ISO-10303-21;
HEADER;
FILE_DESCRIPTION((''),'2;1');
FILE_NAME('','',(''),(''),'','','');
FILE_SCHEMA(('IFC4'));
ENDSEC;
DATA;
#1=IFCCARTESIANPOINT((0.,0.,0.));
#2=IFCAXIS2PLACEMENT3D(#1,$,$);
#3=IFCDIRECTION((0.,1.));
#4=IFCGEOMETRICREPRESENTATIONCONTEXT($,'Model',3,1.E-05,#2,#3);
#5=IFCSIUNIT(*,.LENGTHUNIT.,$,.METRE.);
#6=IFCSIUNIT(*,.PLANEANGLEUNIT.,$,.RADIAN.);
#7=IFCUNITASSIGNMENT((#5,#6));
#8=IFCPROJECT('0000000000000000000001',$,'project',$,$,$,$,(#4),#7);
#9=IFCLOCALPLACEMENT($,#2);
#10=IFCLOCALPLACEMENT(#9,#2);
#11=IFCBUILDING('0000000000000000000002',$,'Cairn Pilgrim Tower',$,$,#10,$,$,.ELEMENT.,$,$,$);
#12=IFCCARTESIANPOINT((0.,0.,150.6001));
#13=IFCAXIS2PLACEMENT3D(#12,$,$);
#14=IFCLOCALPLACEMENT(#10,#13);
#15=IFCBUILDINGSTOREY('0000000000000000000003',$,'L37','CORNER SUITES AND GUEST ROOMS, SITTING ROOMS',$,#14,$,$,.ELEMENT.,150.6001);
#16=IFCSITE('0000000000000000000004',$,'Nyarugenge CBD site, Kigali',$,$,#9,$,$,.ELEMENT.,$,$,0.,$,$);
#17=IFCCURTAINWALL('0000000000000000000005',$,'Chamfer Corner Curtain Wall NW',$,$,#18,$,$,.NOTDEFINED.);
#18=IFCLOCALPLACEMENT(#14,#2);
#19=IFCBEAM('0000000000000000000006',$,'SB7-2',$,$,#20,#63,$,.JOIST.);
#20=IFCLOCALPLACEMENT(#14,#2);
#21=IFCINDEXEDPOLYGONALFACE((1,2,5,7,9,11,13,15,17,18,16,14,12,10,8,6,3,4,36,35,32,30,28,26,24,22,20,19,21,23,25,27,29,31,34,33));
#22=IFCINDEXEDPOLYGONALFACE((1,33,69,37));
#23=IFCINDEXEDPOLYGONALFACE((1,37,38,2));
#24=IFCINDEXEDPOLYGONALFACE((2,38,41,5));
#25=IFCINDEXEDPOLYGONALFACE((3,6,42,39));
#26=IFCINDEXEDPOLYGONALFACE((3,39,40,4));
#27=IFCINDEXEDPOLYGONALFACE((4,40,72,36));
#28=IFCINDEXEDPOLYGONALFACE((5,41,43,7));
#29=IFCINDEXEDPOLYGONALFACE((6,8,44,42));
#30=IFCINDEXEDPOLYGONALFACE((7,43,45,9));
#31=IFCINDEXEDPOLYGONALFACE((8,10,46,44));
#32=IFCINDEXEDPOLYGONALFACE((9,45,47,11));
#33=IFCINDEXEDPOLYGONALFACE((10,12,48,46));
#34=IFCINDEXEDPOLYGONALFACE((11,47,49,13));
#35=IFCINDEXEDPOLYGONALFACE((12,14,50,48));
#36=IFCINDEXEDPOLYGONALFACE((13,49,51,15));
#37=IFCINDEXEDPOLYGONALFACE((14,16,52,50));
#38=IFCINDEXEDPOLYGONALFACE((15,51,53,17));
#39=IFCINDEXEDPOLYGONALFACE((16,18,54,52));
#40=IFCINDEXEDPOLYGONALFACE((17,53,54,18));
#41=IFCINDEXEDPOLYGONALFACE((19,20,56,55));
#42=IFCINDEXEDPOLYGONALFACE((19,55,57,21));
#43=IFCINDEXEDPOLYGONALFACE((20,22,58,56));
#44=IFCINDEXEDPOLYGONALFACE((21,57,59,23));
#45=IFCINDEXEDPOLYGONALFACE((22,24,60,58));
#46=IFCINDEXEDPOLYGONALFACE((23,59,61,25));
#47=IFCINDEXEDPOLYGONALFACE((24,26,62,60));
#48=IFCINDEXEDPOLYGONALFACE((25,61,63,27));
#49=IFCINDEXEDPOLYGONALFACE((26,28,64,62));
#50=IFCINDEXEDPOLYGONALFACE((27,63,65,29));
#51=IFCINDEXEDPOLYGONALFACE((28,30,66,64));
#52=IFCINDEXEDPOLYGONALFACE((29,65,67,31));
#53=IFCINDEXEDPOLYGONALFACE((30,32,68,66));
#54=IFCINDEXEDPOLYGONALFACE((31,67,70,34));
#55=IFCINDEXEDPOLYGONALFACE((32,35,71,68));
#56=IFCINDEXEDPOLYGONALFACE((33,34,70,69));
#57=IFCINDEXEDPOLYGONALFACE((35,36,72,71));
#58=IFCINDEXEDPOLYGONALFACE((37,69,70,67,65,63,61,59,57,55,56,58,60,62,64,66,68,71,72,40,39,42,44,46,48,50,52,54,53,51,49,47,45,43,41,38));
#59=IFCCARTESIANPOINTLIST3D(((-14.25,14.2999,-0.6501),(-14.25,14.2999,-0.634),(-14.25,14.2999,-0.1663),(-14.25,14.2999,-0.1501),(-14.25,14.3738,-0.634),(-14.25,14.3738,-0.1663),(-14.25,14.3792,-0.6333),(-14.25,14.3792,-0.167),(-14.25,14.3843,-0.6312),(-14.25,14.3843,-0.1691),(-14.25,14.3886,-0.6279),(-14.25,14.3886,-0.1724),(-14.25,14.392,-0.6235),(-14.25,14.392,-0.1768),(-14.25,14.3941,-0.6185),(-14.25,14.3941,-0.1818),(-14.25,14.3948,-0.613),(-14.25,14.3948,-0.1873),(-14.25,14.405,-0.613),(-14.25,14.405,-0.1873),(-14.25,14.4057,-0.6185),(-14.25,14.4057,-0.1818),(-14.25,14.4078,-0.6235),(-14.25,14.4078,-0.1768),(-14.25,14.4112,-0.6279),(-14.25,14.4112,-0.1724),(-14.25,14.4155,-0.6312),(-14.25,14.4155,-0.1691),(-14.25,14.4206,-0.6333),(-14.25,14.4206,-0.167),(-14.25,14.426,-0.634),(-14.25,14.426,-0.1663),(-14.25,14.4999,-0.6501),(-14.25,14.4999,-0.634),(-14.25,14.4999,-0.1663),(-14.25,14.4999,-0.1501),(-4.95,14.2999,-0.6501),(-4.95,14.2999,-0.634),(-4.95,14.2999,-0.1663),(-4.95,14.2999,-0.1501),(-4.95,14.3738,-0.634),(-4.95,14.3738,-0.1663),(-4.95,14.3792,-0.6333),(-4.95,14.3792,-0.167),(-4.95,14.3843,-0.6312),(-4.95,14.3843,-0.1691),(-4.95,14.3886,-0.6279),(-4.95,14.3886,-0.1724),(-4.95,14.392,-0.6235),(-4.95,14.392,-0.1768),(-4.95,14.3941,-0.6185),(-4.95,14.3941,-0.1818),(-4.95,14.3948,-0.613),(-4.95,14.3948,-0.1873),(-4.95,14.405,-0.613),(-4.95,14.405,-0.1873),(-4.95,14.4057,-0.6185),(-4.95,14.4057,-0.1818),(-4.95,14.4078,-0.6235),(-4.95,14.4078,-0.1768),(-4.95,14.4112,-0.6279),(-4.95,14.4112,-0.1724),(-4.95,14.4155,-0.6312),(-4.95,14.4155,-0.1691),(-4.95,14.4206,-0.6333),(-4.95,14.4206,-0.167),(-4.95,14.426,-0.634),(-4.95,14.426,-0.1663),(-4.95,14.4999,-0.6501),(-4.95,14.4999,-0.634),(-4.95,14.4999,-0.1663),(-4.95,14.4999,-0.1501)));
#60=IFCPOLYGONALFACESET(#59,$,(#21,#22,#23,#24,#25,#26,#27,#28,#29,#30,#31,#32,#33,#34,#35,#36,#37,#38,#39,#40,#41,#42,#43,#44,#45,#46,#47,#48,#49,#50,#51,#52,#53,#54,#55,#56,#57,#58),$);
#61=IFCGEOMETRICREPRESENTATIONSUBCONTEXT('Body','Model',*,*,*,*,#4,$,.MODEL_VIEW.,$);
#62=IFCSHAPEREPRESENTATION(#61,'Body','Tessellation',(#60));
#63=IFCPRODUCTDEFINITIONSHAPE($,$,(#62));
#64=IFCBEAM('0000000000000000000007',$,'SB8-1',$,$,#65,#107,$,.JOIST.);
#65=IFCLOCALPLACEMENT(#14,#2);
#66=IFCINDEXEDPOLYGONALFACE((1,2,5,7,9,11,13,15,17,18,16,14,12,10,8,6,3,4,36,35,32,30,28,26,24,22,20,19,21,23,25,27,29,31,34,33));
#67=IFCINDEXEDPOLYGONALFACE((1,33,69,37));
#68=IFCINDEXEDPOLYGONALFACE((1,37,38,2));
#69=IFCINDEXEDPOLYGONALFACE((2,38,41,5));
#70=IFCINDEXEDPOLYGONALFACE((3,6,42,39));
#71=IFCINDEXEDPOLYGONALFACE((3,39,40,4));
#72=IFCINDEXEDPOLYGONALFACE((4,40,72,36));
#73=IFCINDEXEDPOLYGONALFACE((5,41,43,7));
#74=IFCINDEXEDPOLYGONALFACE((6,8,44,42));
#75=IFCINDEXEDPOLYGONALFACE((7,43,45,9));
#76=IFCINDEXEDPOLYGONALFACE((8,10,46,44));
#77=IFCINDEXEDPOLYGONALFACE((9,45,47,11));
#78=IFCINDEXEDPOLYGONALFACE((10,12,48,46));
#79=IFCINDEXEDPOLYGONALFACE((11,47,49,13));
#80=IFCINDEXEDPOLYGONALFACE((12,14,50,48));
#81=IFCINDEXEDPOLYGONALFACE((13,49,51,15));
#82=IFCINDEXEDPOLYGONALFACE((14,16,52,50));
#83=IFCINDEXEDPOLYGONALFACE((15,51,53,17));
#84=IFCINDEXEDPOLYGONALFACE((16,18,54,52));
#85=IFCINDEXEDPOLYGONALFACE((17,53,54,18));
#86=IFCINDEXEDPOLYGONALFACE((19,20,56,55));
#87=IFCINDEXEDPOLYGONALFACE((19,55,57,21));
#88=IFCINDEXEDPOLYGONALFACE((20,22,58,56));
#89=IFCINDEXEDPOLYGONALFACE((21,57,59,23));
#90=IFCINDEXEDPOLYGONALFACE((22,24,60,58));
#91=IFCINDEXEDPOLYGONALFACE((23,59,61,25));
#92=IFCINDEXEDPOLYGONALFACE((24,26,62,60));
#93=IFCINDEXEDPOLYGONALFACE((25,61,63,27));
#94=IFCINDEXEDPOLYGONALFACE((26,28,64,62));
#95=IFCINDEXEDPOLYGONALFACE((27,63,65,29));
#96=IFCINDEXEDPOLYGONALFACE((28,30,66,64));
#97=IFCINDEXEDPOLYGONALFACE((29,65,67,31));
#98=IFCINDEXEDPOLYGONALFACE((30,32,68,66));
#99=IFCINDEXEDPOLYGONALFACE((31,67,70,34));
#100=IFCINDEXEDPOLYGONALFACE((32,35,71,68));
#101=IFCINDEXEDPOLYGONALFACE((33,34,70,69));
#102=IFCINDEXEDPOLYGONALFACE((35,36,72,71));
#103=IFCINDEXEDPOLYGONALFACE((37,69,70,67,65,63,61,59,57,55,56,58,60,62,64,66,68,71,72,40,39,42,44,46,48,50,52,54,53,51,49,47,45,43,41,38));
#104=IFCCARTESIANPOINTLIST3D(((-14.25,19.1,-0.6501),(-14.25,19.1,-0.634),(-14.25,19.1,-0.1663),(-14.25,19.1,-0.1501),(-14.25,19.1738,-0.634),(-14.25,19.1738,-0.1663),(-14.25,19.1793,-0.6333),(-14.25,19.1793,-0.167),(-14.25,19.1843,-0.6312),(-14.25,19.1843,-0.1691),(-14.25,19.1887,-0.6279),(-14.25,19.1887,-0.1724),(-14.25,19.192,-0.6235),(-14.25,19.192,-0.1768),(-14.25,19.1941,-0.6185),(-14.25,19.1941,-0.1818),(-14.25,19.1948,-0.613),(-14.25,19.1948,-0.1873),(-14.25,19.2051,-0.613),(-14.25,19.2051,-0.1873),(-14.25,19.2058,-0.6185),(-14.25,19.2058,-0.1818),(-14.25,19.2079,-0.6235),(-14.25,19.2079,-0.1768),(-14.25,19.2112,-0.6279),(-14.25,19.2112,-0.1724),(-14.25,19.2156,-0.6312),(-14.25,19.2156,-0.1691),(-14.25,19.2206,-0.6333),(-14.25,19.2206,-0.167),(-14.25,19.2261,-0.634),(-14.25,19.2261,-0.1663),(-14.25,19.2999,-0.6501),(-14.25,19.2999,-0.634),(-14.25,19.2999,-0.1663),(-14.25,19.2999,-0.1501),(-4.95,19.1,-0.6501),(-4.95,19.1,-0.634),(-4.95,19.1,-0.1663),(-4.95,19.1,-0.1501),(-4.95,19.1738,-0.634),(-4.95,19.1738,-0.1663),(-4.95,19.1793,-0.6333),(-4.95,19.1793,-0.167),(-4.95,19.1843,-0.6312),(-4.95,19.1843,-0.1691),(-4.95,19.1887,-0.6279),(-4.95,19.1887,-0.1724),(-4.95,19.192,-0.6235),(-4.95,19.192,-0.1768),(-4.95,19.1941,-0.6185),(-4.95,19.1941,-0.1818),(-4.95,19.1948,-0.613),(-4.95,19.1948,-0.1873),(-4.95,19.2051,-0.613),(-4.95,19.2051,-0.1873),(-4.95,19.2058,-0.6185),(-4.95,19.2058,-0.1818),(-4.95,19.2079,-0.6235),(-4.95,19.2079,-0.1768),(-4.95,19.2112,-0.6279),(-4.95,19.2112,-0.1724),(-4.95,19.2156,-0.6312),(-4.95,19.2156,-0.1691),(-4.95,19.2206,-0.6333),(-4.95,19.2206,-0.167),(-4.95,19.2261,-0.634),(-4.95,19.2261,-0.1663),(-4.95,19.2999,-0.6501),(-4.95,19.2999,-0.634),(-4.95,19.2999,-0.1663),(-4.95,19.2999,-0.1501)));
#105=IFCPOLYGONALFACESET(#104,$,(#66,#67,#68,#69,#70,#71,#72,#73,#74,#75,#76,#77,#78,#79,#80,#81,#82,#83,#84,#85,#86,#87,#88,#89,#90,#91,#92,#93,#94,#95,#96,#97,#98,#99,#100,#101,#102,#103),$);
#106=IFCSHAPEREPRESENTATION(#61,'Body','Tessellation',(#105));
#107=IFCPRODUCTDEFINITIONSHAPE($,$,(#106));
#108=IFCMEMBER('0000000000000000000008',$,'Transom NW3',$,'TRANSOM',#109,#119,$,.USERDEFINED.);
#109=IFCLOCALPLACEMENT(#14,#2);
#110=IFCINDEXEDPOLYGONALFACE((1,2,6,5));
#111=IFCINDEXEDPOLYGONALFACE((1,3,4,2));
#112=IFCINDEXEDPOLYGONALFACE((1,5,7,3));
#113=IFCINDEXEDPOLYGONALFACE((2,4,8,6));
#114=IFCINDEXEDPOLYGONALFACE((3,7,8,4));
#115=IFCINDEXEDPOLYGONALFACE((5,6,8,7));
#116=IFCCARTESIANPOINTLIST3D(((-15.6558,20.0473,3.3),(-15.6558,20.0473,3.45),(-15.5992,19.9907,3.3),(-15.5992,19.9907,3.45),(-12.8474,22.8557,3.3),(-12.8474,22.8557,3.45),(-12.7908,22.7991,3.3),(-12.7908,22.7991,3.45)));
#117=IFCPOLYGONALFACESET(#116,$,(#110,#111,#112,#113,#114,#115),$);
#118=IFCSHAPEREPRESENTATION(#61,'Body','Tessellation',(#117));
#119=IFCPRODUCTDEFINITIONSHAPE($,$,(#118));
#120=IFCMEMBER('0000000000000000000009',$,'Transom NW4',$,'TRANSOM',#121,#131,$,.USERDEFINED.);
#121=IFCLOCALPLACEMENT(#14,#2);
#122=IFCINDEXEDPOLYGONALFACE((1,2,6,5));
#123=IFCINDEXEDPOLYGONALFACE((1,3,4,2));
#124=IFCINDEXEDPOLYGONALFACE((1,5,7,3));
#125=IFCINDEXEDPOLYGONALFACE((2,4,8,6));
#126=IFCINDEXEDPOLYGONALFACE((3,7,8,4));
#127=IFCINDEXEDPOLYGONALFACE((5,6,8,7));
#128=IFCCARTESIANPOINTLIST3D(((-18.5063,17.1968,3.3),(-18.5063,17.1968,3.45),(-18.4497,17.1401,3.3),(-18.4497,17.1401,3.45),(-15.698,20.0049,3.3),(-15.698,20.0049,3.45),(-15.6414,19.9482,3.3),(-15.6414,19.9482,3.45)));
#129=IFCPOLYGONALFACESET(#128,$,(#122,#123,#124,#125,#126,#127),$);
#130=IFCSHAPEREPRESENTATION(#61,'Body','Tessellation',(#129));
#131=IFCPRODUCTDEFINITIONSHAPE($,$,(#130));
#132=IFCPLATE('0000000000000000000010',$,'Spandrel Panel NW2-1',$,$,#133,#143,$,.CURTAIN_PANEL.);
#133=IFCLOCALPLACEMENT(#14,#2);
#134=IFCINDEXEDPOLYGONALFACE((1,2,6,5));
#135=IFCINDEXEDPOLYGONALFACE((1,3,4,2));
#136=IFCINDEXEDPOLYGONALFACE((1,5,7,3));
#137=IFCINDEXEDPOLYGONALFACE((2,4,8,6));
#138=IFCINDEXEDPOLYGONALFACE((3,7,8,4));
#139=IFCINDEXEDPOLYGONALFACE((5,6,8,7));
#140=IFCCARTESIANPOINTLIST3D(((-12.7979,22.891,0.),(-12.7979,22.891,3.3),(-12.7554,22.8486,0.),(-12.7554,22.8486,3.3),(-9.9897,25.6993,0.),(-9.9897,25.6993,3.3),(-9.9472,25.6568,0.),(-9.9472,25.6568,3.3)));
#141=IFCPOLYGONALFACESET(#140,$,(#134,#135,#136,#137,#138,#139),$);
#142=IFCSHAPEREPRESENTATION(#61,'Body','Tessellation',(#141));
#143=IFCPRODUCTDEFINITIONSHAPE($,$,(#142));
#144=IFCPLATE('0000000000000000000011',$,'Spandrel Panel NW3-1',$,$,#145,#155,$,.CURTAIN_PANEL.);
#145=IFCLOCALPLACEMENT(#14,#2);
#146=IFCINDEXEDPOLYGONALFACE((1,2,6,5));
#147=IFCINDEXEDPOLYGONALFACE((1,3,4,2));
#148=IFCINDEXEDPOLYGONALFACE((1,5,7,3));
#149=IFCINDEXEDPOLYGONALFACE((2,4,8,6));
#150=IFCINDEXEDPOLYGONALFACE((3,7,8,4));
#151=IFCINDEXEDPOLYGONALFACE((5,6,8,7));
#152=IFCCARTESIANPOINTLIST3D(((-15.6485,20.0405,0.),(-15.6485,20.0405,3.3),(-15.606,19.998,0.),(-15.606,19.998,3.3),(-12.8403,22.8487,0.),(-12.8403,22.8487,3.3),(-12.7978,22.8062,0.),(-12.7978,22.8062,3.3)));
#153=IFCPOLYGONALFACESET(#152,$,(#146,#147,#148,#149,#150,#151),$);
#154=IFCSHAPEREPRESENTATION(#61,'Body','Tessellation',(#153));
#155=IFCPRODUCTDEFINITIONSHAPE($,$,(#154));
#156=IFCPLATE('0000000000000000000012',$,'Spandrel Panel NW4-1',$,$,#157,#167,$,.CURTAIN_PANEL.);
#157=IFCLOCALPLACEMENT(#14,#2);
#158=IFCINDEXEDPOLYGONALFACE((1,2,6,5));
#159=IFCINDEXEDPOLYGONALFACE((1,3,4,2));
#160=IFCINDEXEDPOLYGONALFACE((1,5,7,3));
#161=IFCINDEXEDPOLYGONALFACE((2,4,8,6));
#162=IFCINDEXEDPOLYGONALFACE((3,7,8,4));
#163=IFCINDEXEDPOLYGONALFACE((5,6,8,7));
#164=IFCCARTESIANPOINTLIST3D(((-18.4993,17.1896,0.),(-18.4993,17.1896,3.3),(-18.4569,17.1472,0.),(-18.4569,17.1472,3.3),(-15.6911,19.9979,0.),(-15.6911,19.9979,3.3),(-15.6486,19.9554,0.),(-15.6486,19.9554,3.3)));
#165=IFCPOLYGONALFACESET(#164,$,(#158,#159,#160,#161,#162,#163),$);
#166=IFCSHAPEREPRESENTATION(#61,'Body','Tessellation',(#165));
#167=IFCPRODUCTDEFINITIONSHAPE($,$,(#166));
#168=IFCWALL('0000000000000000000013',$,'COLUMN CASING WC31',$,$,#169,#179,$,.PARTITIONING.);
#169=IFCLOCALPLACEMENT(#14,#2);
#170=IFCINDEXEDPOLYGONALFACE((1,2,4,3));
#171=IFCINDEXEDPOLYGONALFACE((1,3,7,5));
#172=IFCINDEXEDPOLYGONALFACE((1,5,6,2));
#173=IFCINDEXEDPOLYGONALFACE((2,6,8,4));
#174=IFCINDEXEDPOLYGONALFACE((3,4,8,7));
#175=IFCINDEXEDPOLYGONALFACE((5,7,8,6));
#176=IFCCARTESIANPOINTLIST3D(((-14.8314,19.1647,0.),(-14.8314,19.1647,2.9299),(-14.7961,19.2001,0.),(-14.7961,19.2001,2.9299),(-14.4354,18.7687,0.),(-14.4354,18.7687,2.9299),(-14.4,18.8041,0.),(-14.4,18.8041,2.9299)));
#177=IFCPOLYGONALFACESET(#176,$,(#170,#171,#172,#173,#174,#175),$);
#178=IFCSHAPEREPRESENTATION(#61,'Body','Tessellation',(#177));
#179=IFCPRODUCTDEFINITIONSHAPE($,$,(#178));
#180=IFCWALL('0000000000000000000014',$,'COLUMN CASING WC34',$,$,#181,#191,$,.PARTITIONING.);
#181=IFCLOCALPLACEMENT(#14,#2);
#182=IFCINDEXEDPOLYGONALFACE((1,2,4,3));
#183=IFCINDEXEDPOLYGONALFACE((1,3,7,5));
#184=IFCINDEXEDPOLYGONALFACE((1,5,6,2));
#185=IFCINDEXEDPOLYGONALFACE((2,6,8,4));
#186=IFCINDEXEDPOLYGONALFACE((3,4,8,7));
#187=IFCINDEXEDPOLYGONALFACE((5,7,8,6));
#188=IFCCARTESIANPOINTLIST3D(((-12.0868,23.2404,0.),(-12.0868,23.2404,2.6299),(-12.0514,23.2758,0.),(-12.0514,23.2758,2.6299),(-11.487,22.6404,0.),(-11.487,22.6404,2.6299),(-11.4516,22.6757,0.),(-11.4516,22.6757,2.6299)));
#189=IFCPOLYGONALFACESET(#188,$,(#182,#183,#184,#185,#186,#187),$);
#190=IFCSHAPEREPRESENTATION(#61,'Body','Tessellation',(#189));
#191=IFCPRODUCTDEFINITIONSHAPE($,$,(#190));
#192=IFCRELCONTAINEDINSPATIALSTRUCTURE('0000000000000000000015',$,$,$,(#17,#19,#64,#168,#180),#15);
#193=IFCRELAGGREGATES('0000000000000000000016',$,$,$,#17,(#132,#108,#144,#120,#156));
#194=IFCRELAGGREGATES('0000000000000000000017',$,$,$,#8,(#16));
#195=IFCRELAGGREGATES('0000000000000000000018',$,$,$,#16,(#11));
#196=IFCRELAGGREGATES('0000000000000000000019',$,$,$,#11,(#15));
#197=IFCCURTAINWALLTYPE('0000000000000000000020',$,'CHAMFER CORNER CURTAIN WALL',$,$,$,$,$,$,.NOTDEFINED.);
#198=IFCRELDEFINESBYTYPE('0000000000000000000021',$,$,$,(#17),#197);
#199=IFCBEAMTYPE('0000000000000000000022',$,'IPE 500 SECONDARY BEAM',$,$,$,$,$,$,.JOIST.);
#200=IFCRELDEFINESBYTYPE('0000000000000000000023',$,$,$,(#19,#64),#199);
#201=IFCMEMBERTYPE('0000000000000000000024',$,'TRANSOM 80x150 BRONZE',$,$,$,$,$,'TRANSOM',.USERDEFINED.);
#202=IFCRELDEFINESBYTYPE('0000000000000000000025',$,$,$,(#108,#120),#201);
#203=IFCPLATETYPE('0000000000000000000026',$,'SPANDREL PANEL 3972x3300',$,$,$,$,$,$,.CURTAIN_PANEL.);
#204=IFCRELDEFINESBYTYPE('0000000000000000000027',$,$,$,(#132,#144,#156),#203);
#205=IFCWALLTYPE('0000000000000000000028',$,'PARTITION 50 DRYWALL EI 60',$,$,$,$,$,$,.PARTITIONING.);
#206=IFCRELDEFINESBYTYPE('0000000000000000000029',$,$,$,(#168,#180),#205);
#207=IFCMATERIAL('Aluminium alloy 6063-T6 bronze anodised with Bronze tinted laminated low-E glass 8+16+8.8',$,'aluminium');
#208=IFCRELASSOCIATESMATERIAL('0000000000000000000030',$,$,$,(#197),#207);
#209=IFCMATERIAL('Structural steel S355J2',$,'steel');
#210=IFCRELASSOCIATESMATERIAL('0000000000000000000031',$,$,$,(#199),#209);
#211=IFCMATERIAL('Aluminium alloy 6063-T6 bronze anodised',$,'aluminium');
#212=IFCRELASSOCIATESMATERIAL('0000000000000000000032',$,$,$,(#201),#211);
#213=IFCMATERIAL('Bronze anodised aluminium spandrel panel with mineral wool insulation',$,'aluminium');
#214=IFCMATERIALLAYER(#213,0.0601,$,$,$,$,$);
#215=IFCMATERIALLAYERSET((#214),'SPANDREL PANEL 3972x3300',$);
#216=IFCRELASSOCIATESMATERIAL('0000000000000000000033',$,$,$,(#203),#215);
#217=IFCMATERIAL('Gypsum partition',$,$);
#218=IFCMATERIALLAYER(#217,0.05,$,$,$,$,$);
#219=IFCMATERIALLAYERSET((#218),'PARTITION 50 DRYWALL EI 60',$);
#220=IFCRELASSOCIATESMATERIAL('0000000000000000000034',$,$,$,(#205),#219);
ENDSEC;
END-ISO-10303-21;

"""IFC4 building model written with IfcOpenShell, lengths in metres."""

from ifc_helpers import new_model, si_unit, direction, frame, frame_2d, origin, origin_2d, place, context, subcontext, project, spatial, rectangle, i_section, extrude, material, layer, layer_set, material_profile, profile_set, type_object, element, aggregate, save


model = new_model("IFC4")

# Units and contexts
model_context = context("Model", 3, precision=1e-05, world=origin(), true_north=direction((0.0, 1.0)))
body_context = subcontext(model_context, "Body", "Model", "MODEL_VIEW")
ifc_project = project(units=[si_unit("LENGTHUNIT", "METRE"), si_unit("PLANEANGLEUNIT", "RADIAN")], contexts=[model_context])

# Site, building, storey
site_placement = place(None, origin())
site = spatial("IfcSite", under=ifc_project, at=site_placement, Name="Nyarugenge CBD site, Kigali", CompositionType="ELEMENT", RefElevation=0.0)
building_placement = place(site_placement, origin())
building = spatial("IfcBuilding", under=site, at=building_placement, Name="Cairn Pilgrim Tower", CompositionType="ELEMENT")
storey_placement = place(building_placement, frame((0.0, 0.0, 150.6001)))
storey = spatial("IfcBuildingStorey", under=building, at=storey_placement, Name="L37", Description="CORNER SUITES AND GUEST ROOMS, SITTING ROOMS", CompositionType="ELEMENT", Elevation=150.6001)

# Shared definitions
ifc_material_1 = material(Name="Structural steel S355J2", Category="steel")

# Curtain wall
ifc_material_2 = material(Name="Aluminium alloy 6063-T6 bronze anodised with Bronze tinted laminated low-E glass 8+16+8.8", Category="aluminium")
curtain_wall_type_1 = type_object("IfcCurtainWallType", Name="CHAMFER CORNER CURTAIN WALL", PredefinedType="NOTDEFINED", material=ifc_material_2)
curtain_wall_1_placement = place(storey_placement, origin())
curtain_wall_1 = element("IfcCurtainWall", 1, at=curtain_wall_1_placement, inside=storey, type_object=curtain_wall_type_1, Name="Chamfer Corner Curtain Wall NW", PredefinedType="NOTDEFINED")
ifc_material_3 = material(Name="Aluminium alloy 6063-T6 bronze anodised", Category="aluminium")

# Beams
ifc_material_profile_1 = material_profile(ifc_material_1, i_section(OverallWidth=0.2, OverallDepth=0.5, WebThickness=0.0103, FlangeThickness=0.0161, FilletRadius=0.021, at=origin_2d()), Name="IPE 500")
ifc_profile_set_1 = profile_set([ifc_material_profile_1], Name="Structural steel S355J2")
beam_type_1 = type_object("IfcBeamType", Name="IPE 500 SECONDARY BEAM", PredefinedType="JOIST", material=ifc_profile_set_1)
for number, where, z_axis, x_axis, name in (
    (2, (-14.25, 14.3999, -0.4001), (1.0, 0.0, 0.0), (0.0, 1.0, 0.0), "SB7-2"),
    (3, (-14.25, 19.2, -0.4001), (1.0, 0.0, 0.0), (0.0, 1.0, 0.0), "SB8-1"),
):
    element("IfcBeam", number, at=place(storey_placement, frame(where, z_axis=z_axis, x_axis=x_axis)), inside=storey, type_object=beam_type_1, Name=name, PredefinedType="JOIST", context=body_context, shape_type="SweptSolid", body=[
        extrude(i_section(OverallWidth=0.2, OverallDepth=0.5, WebThickness=0.0103, FlangeThickness=0.0161, FilletRadius=0.021, at=origin_2d()), origin(), (0.0, 0.0, 1.0), 9.3),
    ])

# Members
ifc_material_profile_2 = material_profile(ifc_material_3, rectangle(XDim=0.0801, YDim=0.1499, at=origin_2d()), Name="TRANSOM 80x150 BRONZE")
ifc_profile_set_2 = profile_set([ifc_material_profile_2], Name="Aluminium alloy 6063-T6 bronze anodised")
member_type_1 = type_object("IfcMemberType", Name="TRANSOM 80x150 BRONZE", ElementType="TRANSOM", PredefinedType="USERDEFINED", material=ifc_profile_set_2)
member_1_placement = place(storey_placement, frame((-12.8191, 22.8274, 3.375), z_axis=(-0.707107, -0.707107, 0.0), x_axis=(0.707107, -0.707107, 0.0)))
member_1 = element("IfcMember", 4, at=member_1_placement, type_object=member_type_1, Name="Transom NW3", ObjectType="TRANSOM", PredefinedType="USERDEFINED", context=body_context, shape_type="SweptSolid", body=[
    extrude(rectangle(XDim=0.0801, YDim=0.1499, at=origin_2d()), origin(), (0.0, 0.0, 1.0), 3.9717),
])
member_2_placement = place(storey_placement, frame((-15.6697, 19.9766, 3.375), z_axis=(-0.707138, -0.707076, 0.0), x_axis=(0.707076, -0.707138, 0.0)))
member_2 = element("IfcMember", 5, at=member_2_placement, type_object=member_type_1, Name="Transom NW4", ObjectType="TRANSOM", PredefinedType="USERDEFINED", context=body_context, shape_type="SweptSolid", body=[
    extrude(rectangle(XDim=0.0801, YDim=0.1499, at=origin_2d()), origin(), (0.0, 0.0, 1.0), 3.9714),
])

# Plates
ifc_material_4 = material(Name="Bronze anodised aluminium spandrel panel with mineral wool insulation", Category="aluminium")
ifc_layer_1 = layer(ifc_material_4, 0.0601)
ifc_layer_set_1 = layer_set([ifc_layer_1], Name="SPANDREL PANEL 3972x3300")
plate_type = type_object("IfcPlateType", Name="SPANDREL PANEL 3972x3300", PredefinedType="CURTAIN_PANEL", material=ifc_layer_set_1)
plate_1_placement = place(storey_placement, frame((-11.3726, 24.2739, 0.0), z_axis=(0.0, 0.0, 1.0), x_axis=(-0.707107, -0.707107, 0.0)))
plate_1 = element("IfcPlate", 6, at=plate_1_placement, type_object=plate_type, Name="Spandrel Panel NW2-1", PredefinedType="CURTAIN_PANEL", context=body_context, shape_type="SweptSolid", body=[
    extrude(rectangle(XDim=3.9714, YDim=0.0601, at=origin_2d()), origin(), (0.0, 0.0, 1.0), 3.3),
])
plate_2_placement = place(storey_placement, frame((-14.2231, 21.4233, 0.0), z_axis=(0.0, 0.0, 1.0), x_axis=(-0.707107, -0.707107, 0.0)))
plate_2 = element("IfcPlate", 7, at=plate_2_placement, type_object=plate_type, Name="Spandrel Panel NW3-1", PredefinedType="CURTAIN_PANEL", context=body_context, shape_type="SweptSolid", body=[
    extrude(rectangle(XDim=3.9714, YDim=0.0601, at=origin_2d()), origin(), (0.0, 0.0, 1.0), 3.3),
])
plate_3_placement = place(storey_placement, frame((-17.074, 18.5725, 0.0), z_axis=(0.0, 0.0, 1.0), x_axis=(-0.707107, -0.707107, 0.0)))
plate_3 = element("IfcPlate", 8, at=plate_3_placement, type_object=plate_type, Name="Spandrel Panel NW4-1", PredefinedType="CURTAIN_PANEL", context=body_context, shape_type="SweptSolid", body=[
    extrude(rectangle(XDim=3.9714, YDim=0.0601, at=origin_2d()), origin(), (0.0, 0.0, 1.0), 3.3),
])
aggregate(curtain_wall_1, [plate_1, member_1, plate_2, member_2, plate_3])

# Walls
ifc_material_5 = material(Name="Gypsum partition")
ifc_layer_2 = layer(ifc_material_5, 0.05)
ifc_layer_set_2 = layer_set([ifc_layer_2], Name="PARTITION 50 DRYWALL EI 60")
wall_type_1 = type_object("IfcWallType", Name="PARTITION 50 DRYWALL EI 60", PredefinedType="PARTITIONING", material=ifc_layer_set_2)
wall_1_placement = place(storey_placement, frame((-14.4177, 18.7864, 0.0), z_axis=(0.0, 0.0, 1.0), x_axis=(-0.707107, 0.707107, 0.0)))
element("IfcWall", 9, at=wall_1_placement, inside=storey, type_object=wall_type_1, Name="COLUMN CASING WC31", PredefinedType="PARTITIONING", context=body_context, shape_type="SweptSolid", body=[
    extrude(rectangle(XDim=0.5601, YDim=0.05, at=frame_2d((0.28, 0.0))), origin(), (0.0, 0.0, 1.0), 2.9299),
])
wall_2_placement = place(storey_placement, frame((-11.4692, 22.658, 0.0), z_axis=(0.0, 0.0, 1.0), x_axis=(-0.706963, 0.707251, 0.0)))
element("IfcWall", 10, at=wall_2_placement, inside=storey, type_object=wall_type_1, Name="COLUMN CASING WC34", PredefinedType="PARTITIONING", context=body_context, shape_type="SweptSolid", body=[
    extrude(rectangle(XDim=0.8484, YDim=0.05, at=frame_2d((0.4243, 0.0))), origin(), (0.0, 0.0, 1.0), 2.6299),
])

save(model, "model.ifc")
